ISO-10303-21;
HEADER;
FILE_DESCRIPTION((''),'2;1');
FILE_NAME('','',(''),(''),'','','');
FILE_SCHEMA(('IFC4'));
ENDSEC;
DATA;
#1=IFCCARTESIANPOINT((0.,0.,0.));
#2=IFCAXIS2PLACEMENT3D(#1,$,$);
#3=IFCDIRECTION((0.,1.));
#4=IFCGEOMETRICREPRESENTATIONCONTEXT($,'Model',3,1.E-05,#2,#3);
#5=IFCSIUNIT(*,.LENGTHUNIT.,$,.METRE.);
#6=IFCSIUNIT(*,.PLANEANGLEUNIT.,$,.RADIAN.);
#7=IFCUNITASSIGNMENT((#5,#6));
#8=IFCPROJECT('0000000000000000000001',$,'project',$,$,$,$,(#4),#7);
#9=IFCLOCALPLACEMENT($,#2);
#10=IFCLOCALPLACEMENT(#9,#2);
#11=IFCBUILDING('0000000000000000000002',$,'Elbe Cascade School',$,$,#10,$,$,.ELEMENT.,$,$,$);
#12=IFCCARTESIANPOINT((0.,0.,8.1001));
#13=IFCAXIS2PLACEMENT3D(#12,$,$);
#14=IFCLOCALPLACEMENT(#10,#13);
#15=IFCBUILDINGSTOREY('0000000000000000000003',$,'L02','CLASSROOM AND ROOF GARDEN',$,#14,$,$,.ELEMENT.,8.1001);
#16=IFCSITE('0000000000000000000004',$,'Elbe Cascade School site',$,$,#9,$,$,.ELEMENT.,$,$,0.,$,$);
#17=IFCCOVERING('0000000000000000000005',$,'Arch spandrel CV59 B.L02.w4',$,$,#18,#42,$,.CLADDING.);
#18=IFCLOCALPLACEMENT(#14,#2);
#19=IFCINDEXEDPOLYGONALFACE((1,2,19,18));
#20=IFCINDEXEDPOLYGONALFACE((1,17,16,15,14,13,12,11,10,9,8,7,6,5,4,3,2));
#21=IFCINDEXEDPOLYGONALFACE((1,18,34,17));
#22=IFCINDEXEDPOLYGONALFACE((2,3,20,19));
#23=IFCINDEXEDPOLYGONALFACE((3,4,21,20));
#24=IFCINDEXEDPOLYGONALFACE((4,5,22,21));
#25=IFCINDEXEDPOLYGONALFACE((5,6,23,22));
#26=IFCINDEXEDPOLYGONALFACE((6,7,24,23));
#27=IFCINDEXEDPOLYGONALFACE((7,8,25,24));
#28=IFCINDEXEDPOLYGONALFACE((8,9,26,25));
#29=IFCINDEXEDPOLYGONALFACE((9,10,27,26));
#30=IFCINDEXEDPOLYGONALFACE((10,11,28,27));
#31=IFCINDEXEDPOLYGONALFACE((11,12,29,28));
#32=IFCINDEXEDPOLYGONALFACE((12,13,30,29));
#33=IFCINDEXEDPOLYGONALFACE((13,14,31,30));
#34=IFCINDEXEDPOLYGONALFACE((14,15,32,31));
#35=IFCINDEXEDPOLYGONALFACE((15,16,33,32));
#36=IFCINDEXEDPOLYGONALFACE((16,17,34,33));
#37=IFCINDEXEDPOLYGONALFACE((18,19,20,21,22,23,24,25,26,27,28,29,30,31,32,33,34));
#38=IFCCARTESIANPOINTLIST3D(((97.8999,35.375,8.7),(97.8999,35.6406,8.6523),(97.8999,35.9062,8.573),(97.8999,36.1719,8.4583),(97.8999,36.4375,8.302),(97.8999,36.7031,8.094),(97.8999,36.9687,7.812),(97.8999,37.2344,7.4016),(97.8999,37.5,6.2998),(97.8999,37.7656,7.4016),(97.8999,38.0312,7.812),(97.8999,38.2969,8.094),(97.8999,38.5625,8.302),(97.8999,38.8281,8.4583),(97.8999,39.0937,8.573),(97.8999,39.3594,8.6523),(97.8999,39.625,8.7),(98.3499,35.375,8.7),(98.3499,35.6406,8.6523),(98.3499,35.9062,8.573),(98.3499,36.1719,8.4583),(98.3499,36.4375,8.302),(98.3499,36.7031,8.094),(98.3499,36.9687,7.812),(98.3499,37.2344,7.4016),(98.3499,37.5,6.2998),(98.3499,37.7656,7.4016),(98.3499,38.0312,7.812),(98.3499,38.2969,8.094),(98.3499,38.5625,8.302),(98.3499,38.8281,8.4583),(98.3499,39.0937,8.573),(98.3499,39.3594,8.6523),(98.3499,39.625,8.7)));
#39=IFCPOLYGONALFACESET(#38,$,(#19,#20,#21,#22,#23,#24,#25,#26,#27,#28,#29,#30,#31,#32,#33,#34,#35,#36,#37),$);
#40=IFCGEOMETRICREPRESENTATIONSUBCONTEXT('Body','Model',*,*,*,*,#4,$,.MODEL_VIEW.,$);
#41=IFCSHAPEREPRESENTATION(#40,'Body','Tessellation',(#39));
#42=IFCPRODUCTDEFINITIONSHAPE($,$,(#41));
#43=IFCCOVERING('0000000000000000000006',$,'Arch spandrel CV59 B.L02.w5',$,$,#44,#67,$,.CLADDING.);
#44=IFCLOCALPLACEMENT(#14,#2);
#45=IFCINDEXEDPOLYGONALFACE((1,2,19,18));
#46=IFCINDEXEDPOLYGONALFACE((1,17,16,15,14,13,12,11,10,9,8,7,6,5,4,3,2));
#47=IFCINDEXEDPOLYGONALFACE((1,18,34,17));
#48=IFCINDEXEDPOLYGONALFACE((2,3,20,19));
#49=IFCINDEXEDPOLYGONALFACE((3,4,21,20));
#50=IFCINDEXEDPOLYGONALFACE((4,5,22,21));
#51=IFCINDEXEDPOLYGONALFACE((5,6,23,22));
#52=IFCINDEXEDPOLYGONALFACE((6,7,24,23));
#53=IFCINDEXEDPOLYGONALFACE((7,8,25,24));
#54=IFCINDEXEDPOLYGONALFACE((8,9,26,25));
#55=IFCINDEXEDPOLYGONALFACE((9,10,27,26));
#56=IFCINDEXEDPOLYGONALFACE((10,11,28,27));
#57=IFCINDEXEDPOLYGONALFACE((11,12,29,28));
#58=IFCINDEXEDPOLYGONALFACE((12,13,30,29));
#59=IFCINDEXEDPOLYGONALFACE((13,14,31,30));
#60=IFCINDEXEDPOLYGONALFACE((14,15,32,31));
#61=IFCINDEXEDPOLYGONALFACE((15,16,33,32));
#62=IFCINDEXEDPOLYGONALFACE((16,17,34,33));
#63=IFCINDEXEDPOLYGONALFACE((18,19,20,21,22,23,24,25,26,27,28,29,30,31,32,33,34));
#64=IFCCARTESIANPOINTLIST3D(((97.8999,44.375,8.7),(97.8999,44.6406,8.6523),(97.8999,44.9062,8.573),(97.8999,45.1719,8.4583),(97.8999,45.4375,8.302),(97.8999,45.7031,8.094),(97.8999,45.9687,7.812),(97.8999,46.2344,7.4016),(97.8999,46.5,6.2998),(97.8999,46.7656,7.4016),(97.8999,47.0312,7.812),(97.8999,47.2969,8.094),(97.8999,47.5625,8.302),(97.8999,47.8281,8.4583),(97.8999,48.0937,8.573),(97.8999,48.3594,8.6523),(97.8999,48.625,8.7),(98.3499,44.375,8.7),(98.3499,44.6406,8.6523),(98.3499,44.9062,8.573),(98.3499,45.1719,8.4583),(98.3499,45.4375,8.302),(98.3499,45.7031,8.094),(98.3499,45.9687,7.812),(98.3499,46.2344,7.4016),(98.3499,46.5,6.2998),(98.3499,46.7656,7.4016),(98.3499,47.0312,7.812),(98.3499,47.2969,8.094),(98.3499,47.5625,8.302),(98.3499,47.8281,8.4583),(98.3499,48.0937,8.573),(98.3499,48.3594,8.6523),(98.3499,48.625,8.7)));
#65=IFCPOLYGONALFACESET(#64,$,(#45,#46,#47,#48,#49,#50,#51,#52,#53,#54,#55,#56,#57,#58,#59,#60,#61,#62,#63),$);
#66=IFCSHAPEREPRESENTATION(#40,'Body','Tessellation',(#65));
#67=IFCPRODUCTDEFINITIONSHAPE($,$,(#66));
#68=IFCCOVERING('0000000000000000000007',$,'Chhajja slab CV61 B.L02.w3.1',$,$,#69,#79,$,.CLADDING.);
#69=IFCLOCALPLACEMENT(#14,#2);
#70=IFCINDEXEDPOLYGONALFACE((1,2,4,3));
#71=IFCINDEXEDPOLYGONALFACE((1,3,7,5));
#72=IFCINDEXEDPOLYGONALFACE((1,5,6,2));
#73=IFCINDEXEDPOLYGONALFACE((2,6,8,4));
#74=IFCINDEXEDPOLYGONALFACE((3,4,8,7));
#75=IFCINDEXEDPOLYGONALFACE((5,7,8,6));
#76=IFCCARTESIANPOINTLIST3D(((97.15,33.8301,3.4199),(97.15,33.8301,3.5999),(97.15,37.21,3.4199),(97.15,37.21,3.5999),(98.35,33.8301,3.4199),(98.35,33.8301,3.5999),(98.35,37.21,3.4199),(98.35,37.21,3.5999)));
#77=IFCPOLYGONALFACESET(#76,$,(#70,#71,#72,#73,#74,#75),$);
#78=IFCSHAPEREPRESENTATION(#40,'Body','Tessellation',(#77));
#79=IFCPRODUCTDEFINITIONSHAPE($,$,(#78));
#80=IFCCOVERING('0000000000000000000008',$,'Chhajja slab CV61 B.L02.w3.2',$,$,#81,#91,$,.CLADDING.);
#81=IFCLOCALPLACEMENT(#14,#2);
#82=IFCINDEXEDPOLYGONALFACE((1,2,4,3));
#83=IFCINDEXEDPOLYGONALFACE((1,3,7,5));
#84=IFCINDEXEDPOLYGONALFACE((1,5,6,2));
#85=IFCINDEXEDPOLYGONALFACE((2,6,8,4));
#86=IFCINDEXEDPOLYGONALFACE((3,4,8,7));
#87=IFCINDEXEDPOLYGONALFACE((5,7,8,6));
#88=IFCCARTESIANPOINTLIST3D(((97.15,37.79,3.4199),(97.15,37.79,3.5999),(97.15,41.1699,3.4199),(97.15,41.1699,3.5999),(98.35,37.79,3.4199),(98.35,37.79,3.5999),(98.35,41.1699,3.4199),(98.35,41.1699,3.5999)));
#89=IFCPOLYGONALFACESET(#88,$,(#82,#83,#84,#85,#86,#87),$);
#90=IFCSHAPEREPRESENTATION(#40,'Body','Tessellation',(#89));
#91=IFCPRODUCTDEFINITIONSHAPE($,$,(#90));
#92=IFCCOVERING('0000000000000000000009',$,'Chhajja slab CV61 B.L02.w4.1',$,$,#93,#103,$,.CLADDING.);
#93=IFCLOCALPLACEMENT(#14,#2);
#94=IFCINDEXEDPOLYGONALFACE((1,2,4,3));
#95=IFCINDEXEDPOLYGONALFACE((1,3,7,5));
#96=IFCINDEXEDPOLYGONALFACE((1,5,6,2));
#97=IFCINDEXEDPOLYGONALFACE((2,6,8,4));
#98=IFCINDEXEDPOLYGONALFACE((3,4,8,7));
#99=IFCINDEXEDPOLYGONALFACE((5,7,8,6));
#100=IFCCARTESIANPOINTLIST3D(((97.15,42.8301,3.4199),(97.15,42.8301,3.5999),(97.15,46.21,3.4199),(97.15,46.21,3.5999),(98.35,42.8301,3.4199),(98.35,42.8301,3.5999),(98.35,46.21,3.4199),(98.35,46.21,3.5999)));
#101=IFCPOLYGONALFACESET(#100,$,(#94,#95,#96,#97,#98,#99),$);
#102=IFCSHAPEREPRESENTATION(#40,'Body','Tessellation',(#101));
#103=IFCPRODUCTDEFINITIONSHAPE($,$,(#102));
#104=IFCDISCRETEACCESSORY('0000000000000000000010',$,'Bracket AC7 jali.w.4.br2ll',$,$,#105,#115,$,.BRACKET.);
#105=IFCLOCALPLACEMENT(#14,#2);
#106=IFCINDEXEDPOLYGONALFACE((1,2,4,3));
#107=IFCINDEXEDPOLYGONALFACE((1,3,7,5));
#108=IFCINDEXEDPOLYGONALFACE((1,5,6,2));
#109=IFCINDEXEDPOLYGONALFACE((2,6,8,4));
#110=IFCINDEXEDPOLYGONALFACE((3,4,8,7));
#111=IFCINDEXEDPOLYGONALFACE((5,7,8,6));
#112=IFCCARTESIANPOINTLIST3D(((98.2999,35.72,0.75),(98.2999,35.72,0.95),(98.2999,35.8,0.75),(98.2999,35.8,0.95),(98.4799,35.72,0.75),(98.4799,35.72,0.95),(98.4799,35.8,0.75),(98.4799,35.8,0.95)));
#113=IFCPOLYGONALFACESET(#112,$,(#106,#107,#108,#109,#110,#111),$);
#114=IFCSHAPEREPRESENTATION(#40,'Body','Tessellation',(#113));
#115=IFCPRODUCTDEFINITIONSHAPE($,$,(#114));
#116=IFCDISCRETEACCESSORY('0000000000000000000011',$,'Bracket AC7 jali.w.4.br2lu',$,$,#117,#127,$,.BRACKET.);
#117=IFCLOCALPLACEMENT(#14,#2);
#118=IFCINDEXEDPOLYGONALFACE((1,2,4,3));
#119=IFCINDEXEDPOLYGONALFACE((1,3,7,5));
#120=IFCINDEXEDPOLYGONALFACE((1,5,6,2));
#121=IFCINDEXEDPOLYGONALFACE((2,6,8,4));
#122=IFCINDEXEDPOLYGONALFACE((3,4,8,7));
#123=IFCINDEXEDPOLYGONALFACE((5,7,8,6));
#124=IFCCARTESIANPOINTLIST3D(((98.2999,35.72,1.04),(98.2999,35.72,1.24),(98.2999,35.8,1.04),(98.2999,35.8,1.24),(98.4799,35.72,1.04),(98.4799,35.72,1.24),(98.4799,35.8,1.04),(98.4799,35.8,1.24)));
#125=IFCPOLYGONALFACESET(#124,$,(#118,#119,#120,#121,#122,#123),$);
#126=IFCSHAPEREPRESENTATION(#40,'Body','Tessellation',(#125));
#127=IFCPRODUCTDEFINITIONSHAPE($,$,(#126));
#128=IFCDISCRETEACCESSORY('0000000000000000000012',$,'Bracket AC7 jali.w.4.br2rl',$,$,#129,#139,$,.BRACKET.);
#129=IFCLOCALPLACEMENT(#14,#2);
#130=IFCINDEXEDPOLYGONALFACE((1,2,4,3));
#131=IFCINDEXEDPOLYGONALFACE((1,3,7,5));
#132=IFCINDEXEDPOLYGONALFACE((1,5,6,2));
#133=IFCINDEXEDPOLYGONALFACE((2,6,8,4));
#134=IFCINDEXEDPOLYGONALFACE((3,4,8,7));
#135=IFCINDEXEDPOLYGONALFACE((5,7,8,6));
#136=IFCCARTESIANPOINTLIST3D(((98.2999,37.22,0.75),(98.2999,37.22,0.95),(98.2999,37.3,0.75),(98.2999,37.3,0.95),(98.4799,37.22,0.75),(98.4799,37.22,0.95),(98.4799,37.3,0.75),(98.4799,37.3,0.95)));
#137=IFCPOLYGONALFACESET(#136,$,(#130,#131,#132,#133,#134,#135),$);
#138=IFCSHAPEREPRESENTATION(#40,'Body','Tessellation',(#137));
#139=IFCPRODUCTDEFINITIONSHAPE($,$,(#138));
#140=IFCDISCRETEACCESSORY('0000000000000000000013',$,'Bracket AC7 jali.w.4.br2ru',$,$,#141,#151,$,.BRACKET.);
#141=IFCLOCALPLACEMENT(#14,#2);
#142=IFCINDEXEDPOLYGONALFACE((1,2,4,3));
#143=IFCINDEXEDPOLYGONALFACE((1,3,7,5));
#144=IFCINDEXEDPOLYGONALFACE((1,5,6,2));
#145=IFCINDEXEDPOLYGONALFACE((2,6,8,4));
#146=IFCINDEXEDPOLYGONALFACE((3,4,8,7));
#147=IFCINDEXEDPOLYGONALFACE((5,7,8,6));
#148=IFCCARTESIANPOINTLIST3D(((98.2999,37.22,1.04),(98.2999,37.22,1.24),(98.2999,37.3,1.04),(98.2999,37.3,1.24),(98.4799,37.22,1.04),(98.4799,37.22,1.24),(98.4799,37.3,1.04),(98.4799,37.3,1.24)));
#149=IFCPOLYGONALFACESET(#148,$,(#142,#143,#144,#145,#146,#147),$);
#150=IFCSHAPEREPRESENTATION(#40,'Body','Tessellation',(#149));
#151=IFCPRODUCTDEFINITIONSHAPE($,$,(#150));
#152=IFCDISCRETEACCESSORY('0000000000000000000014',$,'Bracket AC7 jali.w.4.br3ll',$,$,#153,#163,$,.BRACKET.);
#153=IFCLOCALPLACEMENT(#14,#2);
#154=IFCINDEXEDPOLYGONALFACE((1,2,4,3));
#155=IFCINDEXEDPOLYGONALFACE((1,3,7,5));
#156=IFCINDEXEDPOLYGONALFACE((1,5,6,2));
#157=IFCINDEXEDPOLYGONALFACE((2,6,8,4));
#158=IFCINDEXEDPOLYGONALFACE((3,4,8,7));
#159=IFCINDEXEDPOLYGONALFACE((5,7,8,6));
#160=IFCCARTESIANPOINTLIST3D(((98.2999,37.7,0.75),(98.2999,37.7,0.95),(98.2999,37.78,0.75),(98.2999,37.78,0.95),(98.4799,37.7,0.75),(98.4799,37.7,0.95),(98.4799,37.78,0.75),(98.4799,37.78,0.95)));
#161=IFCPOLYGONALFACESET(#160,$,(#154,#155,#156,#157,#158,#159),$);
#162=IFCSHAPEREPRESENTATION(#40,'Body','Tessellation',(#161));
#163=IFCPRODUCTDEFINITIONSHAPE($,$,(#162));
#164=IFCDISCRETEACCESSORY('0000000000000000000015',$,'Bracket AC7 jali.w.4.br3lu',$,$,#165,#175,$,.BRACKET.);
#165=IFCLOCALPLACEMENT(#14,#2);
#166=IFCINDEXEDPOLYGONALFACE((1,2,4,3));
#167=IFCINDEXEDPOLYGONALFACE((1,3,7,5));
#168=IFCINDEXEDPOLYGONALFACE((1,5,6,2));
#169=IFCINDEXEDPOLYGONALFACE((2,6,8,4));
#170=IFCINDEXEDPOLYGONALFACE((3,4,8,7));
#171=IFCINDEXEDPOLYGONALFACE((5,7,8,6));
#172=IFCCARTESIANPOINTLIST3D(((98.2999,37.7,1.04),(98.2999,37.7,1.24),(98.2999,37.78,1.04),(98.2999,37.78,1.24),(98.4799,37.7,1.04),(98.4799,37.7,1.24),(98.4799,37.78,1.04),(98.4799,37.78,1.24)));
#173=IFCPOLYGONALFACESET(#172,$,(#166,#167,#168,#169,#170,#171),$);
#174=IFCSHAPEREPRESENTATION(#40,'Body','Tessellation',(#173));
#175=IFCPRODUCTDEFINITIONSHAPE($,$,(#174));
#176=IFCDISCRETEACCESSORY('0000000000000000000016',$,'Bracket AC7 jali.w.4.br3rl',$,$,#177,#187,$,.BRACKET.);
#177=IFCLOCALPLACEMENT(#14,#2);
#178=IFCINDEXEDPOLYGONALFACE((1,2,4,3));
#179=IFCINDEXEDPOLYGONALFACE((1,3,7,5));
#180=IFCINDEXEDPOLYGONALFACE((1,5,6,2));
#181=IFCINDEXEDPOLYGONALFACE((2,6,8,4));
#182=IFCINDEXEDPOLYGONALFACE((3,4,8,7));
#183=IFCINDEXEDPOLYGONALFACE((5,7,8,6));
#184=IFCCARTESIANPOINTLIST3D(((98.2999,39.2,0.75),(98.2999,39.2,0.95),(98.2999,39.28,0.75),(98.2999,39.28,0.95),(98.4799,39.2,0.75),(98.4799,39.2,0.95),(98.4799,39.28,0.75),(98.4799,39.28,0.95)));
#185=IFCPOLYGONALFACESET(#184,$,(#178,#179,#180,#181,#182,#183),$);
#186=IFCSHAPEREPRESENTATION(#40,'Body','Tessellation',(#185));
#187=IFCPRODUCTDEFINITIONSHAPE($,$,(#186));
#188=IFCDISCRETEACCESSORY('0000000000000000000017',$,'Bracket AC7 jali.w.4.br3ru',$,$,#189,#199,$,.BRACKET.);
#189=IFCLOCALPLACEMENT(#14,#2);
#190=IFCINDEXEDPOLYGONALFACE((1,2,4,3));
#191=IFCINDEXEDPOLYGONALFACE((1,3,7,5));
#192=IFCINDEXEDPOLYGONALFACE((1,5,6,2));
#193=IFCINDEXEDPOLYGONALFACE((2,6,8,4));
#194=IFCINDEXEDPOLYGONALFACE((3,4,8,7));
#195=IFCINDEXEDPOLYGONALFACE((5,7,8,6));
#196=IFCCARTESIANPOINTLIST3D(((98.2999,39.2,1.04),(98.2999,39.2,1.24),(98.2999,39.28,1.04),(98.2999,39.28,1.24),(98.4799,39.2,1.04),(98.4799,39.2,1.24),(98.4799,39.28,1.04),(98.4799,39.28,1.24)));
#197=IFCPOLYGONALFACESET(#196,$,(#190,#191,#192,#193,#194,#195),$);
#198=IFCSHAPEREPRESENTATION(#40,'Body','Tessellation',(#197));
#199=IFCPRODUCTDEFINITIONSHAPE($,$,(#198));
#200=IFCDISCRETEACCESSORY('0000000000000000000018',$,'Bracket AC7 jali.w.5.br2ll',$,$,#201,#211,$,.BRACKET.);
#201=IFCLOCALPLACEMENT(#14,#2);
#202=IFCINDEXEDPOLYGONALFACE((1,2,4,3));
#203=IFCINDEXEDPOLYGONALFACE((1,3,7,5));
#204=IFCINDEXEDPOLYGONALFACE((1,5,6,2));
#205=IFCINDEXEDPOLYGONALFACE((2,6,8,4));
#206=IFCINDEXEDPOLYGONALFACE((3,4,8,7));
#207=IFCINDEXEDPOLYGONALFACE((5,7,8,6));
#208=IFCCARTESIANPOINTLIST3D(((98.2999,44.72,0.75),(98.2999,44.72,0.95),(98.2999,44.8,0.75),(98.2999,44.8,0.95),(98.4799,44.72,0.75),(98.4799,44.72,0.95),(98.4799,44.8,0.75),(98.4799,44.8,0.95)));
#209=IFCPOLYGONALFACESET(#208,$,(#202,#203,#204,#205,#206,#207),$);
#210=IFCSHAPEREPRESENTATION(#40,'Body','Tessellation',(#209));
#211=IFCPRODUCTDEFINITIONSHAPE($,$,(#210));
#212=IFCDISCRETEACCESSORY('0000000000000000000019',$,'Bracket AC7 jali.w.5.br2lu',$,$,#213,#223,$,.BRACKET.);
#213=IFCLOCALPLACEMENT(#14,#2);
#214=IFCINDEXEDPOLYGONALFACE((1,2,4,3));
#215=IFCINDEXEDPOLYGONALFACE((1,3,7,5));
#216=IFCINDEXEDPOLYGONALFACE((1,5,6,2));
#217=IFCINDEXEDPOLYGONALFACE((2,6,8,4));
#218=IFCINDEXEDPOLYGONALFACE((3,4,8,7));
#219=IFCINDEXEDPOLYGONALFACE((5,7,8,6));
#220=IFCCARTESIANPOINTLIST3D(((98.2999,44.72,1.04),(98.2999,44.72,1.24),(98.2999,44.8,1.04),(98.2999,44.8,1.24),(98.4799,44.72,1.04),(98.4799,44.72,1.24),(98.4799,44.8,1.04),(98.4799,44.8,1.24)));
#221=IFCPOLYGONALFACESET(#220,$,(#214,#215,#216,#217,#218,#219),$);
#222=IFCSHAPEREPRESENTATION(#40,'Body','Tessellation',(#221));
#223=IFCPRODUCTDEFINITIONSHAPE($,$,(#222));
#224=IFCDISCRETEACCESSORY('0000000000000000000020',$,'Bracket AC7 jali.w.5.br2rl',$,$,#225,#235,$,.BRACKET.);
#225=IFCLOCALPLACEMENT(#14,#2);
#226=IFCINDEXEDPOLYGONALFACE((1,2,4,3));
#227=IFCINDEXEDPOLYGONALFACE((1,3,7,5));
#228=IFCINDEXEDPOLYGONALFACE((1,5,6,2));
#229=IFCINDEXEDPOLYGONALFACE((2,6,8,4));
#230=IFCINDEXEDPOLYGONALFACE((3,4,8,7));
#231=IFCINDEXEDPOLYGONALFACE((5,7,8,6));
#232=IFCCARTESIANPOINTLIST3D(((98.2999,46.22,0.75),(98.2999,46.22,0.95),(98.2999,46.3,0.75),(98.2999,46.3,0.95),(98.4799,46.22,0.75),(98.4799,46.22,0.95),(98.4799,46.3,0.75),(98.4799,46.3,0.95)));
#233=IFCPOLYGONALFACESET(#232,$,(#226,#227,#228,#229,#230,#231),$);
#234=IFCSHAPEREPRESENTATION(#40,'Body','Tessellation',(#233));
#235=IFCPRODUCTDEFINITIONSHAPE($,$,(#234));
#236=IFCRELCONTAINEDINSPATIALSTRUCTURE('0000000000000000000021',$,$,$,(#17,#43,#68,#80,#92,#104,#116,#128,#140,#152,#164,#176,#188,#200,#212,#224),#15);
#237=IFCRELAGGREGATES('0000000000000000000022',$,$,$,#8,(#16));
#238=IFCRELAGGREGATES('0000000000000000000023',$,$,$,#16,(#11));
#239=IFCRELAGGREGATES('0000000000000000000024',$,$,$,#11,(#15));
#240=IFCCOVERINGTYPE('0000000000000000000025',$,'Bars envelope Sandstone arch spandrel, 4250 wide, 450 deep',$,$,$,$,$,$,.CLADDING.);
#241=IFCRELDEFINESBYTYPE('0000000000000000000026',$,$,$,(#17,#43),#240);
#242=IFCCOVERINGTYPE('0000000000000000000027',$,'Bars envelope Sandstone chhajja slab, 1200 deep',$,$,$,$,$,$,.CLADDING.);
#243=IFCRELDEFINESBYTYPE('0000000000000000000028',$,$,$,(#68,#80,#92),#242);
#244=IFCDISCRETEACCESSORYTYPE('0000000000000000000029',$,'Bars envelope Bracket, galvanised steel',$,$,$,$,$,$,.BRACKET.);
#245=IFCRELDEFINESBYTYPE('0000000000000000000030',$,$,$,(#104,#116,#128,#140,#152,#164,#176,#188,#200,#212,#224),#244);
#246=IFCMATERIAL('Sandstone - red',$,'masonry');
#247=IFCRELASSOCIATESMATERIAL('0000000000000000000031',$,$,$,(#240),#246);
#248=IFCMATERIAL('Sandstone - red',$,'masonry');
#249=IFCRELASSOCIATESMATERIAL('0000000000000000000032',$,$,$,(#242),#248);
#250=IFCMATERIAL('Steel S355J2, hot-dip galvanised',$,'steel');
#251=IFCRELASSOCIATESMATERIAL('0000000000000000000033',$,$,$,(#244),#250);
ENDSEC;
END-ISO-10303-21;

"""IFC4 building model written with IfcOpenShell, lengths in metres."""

from ifc_helpers import new_model, si_unit, direction, frame, origin, origin_2d, place, context, subcontext, project, spatial, polyline, rectangle, outline, extrude, material, type_object, element, save


model = new_model("IFC4")

# Units and contexts
model_context = context("Model", 3, precision=1e-05, world=origin(), true_north=direction((0.0, 1.0)))
body_context = subcontext(model_context, "Body", "Model", "MODEL_VIEW")
ifc_project = project(units=[si_unit("LENGTHUNIT", "METRE"), si_unit("PLANEANGLEUNIT", "RADIAN")], contexts=[model_context])

# Site, building, storey
site_placement = place(None, origin())
site = spatial("IfcSite", under=ifc_project, at=site_placement, Name="Elbe Cascade School site", CompositionType="ELEMENT", RefElevation=0.0)
building_placement = place(site_placement, origin())
building = spatial("IfcBuilding", under=site, at=building_placement, Name="Elbe Cascade School", CompositionType="ELEMENT")
storey_placement = place(building_placement, frame((0.0, 0.0, 8.1001)))
storey = spatial("IfcBuildingStorey", under=building, at=storey_placement, Name="L02", Description="CLASSROOM AND ROOF GARDEN", CompositionType="ELEMENT", Elevation=8.1001)

# Coverings
ifc_material_1 = material(Name="Sandstone - red", Category="masonry")
covering_type_1 = type_object("IfcCoveringType", Name="Bars envelope Sandstone arch spandrel, 4250 wide, 450 deep", PredefinedType="CLADDING", material=ifc_material_1)
for number, where, z_axis, x_axis, name in (
    (1, (97.8999, 37.5, 6.2998), (-1.0, 0.0, 0.0), (0.0, -0.234367, 0.972148), "Arch spandrel CV59 B.L02.w4"),
    (2, (97.8999, 46.5, 6.2998), (-1.0, 0.0, 0.0), (0.0, -0.234367, 0.972148), "Arch spandrel CV59 B.L02.w5"),
):
    element("IfcCovering", number, at=place(storey_placement, frame(where, z_axis=z_axis, x_axis=x_axis)), inside=storey, type_object=covering_type_1, Name=name, PredefinedType="CLADDING", context=body_context, shape_type="SweptSolid", body=[
        extrude(outline(polyline([(0.0, 0.0), (1.1334, 0.0), (1.5946, -0.162), (1.931, -0.3542), (2.1954, -0.5637), (2.4096, -0.7853), (2.5834, -1.0166), (2.7228, -1.2562), (2.8313, -1.5033), (1.8353, 2.6283), (1.8512, 2.3589), (1.8364, 2.0821), (1.7871, 1.797), (1.6974, 1.5022), (1.5575, 1.1952), (1.3456, 0.8709), (1.0089, 0.5165), (0.0, 0.0)])), origin(), (0.0, 0.0, -1.0), 0.45),
    ])
ifc_material_2 = material(Name="Sandstone - red", Category="masonry")
covering_type_2 = type_object("IfcCoveringType", Name="Bars envelope Sandstone chhajja slab, 1200 deep", PredefinedType="CLADDING", material=ifc_material_2)
for number, where, z_axis, x_axis, name in (
    (3, (97.75, 35.52, 3.4199), (0.0, 0.0, 1.0), (0.0, 1.0, 0.0), "Chhajja slab CV61 B.L02.w3.1"),
    (4, (97.75, 39.48, 3.4199), (0.0, 0.0, 1.0), (0.0, 1.0, 0.0), "Chhajja slab CV61 B.L02.w3.2"),
    (5, (97.75, 44.52, 3.4199), (0.0, 0.0, 1.0), (0.0, 1.0, 0.0), "Chhajja slab CV61 B.L02.w4.1"),
):
    element("IfcCovering", number, at=place(storey_placement, frame(where, z_axis=z_axis, x_axis=x_axis)), inside=storey, type_object=covering_type_2, Name=name, PredefinedType="CLADDING", context=body_context, shape_type="SweptSolid", body=[
        extrude(rectangle(XDim=3.3799, YDim=1.2, at=origin_2d()), origin(), (0.0, 0.0, 1.0), 0.1799),
    ])

# Discrete accessories
ifc_material_3 = material(Name="Steel S355J2, hot-dip galvanised", Category="steel")
discrete_accessory_type = type_object("IfcDiscreteAccessoryType", Name="Bars envelope Bracket, galvanised steel", PredefinedType="BRACKET", material=ifc_material_3)
for number, where, z_axis, x_axis, name in (
    (6, (98.3899, 35.76, 0.75), (0.0, 0.0, 1.0), (0.0, 1.0, 0.0), "Bracket AC7 jali.w.4.br2ll"),
    (7, (98.3899, 35.76, 1.04), (0.0, 0.0, 1.0), (0.0, 1.0, 0.0), "Bracket AC7 jali.w.4.br2lu"),
    (8, (98.3899, 37.26, 0.75), (0.0, 0.0, 1.0), (0.0, 1.0, 0.0), "Bracket AC7 jali.w.4.br2rl"),
    (9, (98.3899, 37.26, 1.04), (0.0, 0.0, 1.0), (0.0, 1.0, 0.0), "Bracket AC7 jali.w.4.br2ru"),
    (10, (98.3899, 37.74, 0.75), (0.0, 0.0, 1.0), (0.0, 1.0, 0.0), "Bracket AC7 jali.w.4.br3ll"),
    (11, (98.3899, 37.74, 1.04), (0.0, 0.0, 1.0), (0.0, 1.0, 0.0), "Bracket AC7 jali.w.4.br3lu"),
    (12, (98.3899, 39.24, 0.75), (0.0, 0.0, 1.0), (0.0, 1.0, 0.0), "Bracket AC7 jali.w.4.br3rl"),
    (13, (98.3899, 39.24, 1.04), (0.0, 0.0, 1.0), (0.0, 1.0, 0.0), "Bracket AC7 jali.w.4.br3ru"),
    (14, (98.3899, 44.76, 0.75), (0.0, 0.0, 1.0), (0.0, 1.0, 0.0), "Bracket AC7 jali.w.5.br2ll"),
    (15, (98.3899, 44.76, 1.04), (0.0, 0.0, 1.0), (0.0, 1.0, 0.0), "Bracket AC7 jali.w.5.br2lu"),
    (16, (98.3899, 46.26, 0.75), (0.0, 0.0, 1.0), (0.0, 1.0, 0.0), "Bracket AC7 jali.w.5.br2rl"),
):
    element("IfcDiscreteAccessory", number, at=place(storey_placement, frame(where, z_axis=z_axis, x_axis=x_axis)), inside=storey, type_object=discrete_accessory_type, Name=name, PredefinedType="BRACKET", context=body_context, shape_type="SweptSolid", body=[
        extrude(rectangle(XDim=0.0801, YDim=0.1799, at=origin_2d()), origin(), (0.0, 0.0, 1.0), 0.2),
    ])

save(model, "model.ifc")
